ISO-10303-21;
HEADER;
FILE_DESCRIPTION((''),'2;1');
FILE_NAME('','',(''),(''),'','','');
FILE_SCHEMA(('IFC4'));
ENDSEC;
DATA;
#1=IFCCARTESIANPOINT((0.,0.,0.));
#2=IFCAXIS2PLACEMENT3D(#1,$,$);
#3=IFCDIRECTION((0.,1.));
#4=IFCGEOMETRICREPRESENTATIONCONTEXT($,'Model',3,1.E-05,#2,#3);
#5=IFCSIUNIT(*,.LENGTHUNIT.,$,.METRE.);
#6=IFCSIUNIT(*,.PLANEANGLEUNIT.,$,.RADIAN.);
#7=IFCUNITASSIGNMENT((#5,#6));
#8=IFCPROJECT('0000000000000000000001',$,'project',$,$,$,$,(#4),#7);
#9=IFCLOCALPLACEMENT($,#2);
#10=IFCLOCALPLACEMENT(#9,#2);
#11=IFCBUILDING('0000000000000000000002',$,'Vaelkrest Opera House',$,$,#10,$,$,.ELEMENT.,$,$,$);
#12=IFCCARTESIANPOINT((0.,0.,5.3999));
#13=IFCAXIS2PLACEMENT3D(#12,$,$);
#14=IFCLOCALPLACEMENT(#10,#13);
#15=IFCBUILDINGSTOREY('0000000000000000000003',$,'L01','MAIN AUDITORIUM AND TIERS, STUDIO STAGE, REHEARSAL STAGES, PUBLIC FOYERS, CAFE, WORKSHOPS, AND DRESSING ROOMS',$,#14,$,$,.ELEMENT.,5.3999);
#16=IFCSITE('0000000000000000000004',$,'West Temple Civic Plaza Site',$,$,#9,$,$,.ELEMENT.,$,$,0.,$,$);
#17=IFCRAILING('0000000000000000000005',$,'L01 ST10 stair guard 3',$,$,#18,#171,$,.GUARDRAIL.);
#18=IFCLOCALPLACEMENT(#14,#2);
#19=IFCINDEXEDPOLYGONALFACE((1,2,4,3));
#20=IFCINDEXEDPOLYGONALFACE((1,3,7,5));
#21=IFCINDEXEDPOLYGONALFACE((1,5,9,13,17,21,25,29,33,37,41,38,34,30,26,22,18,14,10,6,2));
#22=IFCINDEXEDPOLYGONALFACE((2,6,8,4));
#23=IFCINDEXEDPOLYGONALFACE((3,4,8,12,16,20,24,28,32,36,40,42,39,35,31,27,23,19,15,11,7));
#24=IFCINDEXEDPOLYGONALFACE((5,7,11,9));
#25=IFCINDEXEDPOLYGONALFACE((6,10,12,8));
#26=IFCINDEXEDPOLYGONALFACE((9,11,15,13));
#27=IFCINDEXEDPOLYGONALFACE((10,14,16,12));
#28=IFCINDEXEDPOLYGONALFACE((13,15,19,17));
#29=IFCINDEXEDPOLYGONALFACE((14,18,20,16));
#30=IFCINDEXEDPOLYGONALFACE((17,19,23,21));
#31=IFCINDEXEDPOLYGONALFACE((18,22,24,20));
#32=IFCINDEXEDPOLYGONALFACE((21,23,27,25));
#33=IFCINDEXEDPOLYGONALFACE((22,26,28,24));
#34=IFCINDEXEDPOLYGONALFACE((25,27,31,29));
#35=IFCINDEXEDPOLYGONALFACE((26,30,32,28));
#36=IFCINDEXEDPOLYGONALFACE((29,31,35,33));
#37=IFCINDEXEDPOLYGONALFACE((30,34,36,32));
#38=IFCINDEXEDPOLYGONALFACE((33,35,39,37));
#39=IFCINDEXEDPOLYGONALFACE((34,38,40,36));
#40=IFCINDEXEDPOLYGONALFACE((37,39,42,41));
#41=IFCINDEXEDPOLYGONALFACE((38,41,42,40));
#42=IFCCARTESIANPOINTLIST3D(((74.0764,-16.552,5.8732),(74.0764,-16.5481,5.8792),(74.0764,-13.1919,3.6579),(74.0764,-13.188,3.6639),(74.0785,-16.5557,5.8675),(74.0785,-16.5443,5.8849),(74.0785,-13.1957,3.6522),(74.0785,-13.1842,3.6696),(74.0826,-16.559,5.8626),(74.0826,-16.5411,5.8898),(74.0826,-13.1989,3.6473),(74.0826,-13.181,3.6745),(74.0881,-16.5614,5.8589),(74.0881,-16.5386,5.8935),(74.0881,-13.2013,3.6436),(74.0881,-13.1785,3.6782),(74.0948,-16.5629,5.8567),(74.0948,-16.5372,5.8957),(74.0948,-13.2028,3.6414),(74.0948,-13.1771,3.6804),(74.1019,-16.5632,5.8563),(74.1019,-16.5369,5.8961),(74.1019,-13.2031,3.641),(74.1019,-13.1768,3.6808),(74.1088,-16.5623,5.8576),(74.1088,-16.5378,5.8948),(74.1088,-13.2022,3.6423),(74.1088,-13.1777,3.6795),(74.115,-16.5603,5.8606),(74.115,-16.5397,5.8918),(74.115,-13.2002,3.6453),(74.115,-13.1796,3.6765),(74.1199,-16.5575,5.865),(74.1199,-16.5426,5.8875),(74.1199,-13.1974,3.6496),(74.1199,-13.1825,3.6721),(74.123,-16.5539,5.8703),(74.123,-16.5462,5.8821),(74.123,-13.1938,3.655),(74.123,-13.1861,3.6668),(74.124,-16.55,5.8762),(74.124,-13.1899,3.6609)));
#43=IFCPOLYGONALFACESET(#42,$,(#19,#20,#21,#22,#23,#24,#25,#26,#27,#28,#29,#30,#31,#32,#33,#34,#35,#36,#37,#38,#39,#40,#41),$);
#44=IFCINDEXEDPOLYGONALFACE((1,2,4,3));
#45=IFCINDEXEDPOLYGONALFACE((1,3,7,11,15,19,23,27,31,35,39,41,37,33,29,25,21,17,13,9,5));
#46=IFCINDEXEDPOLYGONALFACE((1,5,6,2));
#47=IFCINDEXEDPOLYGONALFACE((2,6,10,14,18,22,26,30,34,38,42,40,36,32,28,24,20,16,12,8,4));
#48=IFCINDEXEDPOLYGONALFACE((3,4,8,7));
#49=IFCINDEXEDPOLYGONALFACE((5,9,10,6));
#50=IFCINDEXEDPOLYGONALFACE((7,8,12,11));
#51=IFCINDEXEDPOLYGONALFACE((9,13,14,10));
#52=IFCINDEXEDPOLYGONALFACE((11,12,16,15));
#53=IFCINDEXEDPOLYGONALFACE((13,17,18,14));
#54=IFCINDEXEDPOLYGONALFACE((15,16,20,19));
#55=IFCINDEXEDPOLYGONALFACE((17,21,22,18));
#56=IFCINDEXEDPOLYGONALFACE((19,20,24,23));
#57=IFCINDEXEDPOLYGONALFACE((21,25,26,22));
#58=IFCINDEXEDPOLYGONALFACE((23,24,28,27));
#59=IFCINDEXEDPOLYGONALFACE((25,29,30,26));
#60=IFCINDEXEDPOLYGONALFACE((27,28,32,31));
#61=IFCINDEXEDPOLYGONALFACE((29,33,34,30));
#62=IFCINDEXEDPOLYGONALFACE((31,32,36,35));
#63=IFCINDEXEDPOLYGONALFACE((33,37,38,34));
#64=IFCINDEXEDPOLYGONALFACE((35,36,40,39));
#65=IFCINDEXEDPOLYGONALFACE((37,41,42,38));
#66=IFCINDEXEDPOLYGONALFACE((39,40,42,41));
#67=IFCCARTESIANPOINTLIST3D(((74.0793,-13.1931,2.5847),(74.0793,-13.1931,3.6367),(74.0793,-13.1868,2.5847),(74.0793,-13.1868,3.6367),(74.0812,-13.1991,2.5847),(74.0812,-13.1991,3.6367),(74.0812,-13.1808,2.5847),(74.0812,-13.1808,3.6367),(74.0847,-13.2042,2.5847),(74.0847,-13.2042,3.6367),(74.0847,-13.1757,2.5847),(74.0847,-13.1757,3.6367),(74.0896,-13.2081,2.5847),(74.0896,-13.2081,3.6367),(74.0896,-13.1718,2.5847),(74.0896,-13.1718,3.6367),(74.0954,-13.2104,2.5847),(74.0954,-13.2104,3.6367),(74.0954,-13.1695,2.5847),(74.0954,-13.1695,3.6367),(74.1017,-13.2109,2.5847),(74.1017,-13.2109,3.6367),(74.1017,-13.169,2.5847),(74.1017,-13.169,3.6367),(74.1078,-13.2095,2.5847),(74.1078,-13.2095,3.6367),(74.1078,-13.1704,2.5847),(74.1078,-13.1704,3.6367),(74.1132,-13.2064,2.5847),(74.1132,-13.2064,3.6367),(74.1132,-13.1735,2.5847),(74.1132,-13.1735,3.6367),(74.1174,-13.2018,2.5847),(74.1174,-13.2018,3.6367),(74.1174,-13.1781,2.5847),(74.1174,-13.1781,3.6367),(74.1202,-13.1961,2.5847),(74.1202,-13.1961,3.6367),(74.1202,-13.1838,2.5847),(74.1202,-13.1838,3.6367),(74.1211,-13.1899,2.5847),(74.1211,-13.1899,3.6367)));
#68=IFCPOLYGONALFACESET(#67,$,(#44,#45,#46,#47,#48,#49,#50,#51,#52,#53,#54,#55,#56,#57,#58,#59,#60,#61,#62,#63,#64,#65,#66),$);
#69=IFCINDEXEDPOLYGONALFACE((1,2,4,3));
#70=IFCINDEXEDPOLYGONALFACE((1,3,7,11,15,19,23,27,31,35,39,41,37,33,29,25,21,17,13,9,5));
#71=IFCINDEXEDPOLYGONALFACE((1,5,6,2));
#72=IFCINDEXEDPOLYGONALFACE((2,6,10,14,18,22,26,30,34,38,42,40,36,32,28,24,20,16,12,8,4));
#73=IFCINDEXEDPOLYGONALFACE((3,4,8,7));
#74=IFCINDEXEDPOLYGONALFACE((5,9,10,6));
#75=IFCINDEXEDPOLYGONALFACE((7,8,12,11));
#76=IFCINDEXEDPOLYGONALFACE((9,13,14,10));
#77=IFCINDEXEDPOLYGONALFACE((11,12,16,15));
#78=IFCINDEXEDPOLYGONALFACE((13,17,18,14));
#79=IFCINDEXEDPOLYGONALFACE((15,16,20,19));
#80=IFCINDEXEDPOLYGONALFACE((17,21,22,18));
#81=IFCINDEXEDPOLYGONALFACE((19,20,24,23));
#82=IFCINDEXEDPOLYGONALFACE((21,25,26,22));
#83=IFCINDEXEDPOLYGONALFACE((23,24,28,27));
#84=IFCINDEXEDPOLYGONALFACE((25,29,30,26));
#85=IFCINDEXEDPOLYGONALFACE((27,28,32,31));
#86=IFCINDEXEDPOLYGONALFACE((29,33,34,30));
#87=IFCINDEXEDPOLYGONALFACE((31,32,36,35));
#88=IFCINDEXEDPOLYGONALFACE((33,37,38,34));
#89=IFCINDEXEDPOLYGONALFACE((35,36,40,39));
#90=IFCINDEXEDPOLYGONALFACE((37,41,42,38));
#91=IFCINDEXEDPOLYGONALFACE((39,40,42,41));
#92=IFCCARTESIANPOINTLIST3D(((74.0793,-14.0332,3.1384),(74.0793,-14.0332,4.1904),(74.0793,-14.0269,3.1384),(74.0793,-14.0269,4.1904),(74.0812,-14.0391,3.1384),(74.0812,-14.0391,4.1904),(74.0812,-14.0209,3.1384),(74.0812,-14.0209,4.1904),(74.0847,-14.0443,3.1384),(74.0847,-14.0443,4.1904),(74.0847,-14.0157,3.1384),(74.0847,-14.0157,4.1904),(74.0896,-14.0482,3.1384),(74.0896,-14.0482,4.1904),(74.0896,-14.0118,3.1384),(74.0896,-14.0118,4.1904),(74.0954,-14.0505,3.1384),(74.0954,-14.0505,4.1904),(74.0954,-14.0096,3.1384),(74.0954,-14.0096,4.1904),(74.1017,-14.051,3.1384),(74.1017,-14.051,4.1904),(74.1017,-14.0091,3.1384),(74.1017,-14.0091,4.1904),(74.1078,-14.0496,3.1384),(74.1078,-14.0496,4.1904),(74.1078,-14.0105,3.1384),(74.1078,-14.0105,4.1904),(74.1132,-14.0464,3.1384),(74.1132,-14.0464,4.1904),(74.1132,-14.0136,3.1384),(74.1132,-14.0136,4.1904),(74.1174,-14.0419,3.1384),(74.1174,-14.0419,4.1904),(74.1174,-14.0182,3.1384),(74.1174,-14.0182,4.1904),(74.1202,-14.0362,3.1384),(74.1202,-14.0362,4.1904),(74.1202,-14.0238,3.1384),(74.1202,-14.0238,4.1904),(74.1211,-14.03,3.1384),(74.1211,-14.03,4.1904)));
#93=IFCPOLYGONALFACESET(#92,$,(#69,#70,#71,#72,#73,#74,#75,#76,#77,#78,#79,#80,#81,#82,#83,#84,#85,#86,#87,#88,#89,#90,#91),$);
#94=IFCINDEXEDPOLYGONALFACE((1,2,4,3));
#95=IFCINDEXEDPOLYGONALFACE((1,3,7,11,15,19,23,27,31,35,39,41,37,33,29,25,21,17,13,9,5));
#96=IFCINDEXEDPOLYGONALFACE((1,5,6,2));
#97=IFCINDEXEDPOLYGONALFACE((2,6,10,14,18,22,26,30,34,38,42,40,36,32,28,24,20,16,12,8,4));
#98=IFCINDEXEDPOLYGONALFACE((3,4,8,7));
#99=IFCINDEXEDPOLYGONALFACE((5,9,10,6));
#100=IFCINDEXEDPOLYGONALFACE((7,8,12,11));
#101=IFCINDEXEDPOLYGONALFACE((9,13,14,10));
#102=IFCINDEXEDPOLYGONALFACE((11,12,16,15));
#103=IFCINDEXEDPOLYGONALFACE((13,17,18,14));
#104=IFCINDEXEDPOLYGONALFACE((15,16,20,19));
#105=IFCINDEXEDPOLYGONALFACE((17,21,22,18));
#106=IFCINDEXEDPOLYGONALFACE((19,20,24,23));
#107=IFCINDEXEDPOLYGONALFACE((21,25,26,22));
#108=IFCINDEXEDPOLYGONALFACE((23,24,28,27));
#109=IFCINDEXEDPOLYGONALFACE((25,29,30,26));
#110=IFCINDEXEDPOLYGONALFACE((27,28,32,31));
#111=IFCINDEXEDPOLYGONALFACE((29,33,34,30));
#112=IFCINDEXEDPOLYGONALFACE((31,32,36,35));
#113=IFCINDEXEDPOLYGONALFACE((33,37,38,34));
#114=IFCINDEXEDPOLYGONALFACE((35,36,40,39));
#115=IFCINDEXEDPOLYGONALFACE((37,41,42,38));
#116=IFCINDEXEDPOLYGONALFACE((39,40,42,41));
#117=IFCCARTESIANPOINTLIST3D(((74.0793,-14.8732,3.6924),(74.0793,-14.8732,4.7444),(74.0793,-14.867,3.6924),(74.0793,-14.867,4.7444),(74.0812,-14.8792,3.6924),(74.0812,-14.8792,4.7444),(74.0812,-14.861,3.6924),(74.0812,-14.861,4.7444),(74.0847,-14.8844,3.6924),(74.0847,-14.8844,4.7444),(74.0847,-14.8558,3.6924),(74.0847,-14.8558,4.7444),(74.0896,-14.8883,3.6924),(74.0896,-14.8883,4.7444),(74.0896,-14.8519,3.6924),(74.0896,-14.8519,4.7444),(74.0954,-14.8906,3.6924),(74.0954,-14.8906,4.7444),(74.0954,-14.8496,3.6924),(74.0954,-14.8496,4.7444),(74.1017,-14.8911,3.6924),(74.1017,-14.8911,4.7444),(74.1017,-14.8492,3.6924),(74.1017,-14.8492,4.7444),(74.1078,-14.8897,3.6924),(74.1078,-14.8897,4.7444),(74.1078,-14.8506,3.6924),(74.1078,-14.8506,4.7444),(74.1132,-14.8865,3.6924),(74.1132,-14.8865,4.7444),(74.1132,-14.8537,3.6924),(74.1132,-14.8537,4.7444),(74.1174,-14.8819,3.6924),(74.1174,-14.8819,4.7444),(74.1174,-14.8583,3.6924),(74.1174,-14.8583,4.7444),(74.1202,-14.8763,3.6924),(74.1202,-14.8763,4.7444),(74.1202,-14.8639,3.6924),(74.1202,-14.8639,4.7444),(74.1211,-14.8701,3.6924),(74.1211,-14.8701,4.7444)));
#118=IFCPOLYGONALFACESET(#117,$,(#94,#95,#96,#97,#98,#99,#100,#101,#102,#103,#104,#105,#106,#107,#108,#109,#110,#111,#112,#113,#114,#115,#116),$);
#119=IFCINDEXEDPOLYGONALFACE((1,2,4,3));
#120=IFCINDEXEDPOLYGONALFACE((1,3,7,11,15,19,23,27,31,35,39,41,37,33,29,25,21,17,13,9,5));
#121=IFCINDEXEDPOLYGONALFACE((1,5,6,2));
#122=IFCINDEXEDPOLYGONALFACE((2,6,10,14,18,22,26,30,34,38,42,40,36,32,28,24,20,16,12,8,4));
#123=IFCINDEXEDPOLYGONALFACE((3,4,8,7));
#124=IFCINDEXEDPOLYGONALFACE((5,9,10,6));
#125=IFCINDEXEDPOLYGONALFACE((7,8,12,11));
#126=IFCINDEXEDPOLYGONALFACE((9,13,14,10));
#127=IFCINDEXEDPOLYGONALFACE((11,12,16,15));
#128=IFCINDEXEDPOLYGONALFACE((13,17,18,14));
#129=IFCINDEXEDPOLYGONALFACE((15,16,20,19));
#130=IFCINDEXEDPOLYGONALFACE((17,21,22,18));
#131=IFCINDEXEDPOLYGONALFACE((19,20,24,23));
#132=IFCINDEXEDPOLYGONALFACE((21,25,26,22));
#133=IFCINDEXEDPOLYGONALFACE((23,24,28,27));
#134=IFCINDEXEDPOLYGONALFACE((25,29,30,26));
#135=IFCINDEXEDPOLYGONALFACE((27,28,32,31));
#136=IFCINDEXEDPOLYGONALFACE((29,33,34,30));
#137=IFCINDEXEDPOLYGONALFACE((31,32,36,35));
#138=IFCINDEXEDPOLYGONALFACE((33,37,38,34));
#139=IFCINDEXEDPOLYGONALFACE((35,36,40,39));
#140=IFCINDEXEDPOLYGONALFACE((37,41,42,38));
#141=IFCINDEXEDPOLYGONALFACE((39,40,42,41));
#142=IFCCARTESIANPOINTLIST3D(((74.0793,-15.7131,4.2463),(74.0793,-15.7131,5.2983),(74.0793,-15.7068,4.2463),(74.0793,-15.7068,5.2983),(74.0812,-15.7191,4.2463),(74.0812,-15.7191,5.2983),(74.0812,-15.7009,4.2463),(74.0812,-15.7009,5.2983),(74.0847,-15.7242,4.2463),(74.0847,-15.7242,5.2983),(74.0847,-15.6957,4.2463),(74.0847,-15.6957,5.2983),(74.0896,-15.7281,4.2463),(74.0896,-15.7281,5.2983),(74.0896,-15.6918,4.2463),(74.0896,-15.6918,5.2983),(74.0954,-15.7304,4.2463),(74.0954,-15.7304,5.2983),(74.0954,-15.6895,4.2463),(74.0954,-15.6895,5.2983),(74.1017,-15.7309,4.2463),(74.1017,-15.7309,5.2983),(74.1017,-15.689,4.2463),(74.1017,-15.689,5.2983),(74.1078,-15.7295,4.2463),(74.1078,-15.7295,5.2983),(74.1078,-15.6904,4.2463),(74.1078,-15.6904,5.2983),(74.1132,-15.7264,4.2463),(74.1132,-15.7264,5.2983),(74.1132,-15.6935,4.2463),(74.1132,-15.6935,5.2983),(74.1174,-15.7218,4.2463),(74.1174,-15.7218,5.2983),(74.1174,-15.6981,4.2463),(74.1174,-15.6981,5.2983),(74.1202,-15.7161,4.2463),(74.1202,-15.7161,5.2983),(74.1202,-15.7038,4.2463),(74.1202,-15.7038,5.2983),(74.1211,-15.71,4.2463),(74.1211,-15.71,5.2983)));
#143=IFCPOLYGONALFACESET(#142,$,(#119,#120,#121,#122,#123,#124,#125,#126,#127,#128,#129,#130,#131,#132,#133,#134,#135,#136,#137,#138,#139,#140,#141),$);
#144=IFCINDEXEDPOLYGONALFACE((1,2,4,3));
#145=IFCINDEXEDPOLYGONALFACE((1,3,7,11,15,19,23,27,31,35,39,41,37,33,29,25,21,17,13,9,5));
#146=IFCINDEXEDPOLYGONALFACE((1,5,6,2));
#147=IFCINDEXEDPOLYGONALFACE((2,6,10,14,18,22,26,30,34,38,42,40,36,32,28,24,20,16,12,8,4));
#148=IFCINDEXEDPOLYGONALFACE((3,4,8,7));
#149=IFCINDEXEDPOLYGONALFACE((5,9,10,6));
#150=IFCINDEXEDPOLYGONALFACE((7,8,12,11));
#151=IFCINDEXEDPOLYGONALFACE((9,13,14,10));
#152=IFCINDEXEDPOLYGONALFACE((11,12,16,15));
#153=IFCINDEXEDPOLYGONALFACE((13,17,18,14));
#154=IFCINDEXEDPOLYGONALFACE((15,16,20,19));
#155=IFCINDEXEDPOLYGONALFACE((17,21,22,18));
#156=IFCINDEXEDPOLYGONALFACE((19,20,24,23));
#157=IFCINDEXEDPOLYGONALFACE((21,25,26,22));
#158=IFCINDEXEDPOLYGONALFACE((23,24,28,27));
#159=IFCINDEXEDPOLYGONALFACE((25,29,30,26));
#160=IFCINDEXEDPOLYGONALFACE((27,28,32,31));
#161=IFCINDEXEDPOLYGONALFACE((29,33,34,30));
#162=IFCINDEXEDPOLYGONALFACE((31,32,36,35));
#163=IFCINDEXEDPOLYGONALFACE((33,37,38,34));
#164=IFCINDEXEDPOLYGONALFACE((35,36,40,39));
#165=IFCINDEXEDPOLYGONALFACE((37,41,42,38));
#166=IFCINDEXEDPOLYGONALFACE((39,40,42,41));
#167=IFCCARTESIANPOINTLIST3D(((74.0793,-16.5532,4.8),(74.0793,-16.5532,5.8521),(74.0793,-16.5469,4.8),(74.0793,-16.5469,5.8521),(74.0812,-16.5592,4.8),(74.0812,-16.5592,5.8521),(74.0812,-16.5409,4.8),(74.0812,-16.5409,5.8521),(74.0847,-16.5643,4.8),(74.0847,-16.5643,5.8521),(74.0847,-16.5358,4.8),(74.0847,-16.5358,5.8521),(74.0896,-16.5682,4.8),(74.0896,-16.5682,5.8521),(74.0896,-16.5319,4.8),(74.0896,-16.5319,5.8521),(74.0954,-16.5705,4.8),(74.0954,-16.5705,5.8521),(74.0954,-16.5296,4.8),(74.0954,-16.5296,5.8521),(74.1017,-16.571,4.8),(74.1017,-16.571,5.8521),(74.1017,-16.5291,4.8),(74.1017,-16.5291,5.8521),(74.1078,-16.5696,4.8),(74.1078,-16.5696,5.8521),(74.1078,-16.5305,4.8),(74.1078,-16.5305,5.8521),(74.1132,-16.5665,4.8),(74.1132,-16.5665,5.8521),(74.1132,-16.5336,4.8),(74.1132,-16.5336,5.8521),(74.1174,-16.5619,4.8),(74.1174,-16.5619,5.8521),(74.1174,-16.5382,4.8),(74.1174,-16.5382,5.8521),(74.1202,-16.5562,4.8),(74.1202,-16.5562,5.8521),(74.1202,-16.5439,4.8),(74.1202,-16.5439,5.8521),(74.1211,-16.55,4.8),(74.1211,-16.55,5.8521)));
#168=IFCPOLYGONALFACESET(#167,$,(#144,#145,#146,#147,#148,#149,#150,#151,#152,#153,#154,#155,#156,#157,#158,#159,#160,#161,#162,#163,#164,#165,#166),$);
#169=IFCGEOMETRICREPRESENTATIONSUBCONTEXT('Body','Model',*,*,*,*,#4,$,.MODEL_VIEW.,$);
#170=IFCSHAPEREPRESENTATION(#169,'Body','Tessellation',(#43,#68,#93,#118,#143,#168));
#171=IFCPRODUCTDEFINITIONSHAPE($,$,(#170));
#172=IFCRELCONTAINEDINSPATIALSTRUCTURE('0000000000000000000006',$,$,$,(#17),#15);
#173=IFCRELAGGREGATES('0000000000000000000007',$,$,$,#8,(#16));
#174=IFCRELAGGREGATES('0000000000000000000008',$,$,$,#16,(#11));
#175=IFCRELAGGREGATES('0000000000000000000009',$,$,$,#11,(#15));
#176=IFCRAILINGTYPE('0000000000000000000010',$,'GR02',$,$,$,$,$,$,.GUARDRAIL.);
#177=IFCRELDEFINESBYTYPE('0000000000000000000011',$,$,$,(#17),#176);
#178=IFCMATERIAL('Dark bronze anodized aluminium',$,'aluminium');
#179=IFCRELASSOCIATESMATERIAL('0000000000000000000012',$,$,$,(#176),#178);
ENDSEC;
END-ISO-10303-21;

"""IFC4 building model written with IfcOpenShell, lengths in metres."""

from ifc_helpers import new_model, si_unit, direction, frame, origin, origin_2d, place, context, subcontext, project, spatial, circle, extrude, material, type_object, element, save


model = new_model("IFC4")

# Units and contexts
model_context = context("Model", 3, precision=1e-05, world=origin(), true_north=direction((0.0, 1.0)))
body_context = subcontext(model_context, "Body", "Model", "MODEL_VIEW")
ifc_project = project(units=[si_unit("LENGTHUNIT", "METRE"), si_unit("PLANEANGLEUNIT", "RADIAN")], contexts=[model_context])

# Site, building, storey
site_placement = place(None, origin())
site = spatial("IfcSite", under=ifc_project, at=site_placement, Name="West Temple Civic Plaza Site", CompositionType="ELEMENT", RefElevation=0.0)
building_placement = place(site_placement, origin())
building = spatial("IfcBuilding", under=site, at=building_placement, Name="Vaelkrest Opera House", CompositionType="ELEMENT")
storey_placement = place(building_placement, frame((0.0, 0.0, 5.3999)))
storey = spatial("IfcBuildingStorey", under=building, at=storey_placement, Name="L01", Description="MAIN AUDITORIUM AND TIERS, STUDIO STAGE, REHEARSAL STAGES, PUBLIC FOYERS, CAFE, WORKSHOPS, AND DRESSING ROOMS", CompositionType="ELEMENT", Elevation=5.3999)

# Railing
ifc_material_1 = material(Name="Dark bronze anodized aluminium", Category="aluminium")
railing_type_1 = type_object("IfcRailingType", Name="GR02", PredefinedType="GUARDRAIL", material=ifc_material_1)
railing_1_placement = place(storey_placement, frame((74.1001, -13.1899, 2.5847)))
element("IfcRailing", 1, at=railing_1_placement, inside=storey, type_object=railing_type_1, Name="L01 ST10 stair guard 3", PredefinedType="GUARDRAIL", context=body_context, shape_type="SweptSolid", body=[
    extrude(circle(Radius=0.0239, at=origin_2d()), frame((0.0, 0.0, 1.0762), z_axis=(0.0, -0.834876, 0.550437), x_axis=(1.0, 0.0, 0.0)), (0.0, 0.0, 1.0), 4.0247),
    extrude(circle(Radius=0.021, at=origin_2d()), origin(), (0.0, 0.0, 1.0), 1.052),
    extrude(circle(Radius=0.021, at=origin_2d()), frame((0.0, -0.8401, 0.5537)), (0.0, 0.0, 1.0), 1.052),
    extrude(circle(Radius=0.021, at=origin_2d()), frame((0.0, -1.6802, 1.1077)), (0.0, 0.0, 1.0), 1.052),
    extrude(circle(Radius=0.021, at=origin_2d()), frame((0.0, -2.52, 1.6616)), (0.0, 0.0, 1.0), 1.052),
    extrude(circle(Radius=0.021, at=origin_2d()), frame((0.0, -3.3601, 2.2153)), (0.0, 0.0, 1.0), 1.052),
])

save(model, "model.ifc")
